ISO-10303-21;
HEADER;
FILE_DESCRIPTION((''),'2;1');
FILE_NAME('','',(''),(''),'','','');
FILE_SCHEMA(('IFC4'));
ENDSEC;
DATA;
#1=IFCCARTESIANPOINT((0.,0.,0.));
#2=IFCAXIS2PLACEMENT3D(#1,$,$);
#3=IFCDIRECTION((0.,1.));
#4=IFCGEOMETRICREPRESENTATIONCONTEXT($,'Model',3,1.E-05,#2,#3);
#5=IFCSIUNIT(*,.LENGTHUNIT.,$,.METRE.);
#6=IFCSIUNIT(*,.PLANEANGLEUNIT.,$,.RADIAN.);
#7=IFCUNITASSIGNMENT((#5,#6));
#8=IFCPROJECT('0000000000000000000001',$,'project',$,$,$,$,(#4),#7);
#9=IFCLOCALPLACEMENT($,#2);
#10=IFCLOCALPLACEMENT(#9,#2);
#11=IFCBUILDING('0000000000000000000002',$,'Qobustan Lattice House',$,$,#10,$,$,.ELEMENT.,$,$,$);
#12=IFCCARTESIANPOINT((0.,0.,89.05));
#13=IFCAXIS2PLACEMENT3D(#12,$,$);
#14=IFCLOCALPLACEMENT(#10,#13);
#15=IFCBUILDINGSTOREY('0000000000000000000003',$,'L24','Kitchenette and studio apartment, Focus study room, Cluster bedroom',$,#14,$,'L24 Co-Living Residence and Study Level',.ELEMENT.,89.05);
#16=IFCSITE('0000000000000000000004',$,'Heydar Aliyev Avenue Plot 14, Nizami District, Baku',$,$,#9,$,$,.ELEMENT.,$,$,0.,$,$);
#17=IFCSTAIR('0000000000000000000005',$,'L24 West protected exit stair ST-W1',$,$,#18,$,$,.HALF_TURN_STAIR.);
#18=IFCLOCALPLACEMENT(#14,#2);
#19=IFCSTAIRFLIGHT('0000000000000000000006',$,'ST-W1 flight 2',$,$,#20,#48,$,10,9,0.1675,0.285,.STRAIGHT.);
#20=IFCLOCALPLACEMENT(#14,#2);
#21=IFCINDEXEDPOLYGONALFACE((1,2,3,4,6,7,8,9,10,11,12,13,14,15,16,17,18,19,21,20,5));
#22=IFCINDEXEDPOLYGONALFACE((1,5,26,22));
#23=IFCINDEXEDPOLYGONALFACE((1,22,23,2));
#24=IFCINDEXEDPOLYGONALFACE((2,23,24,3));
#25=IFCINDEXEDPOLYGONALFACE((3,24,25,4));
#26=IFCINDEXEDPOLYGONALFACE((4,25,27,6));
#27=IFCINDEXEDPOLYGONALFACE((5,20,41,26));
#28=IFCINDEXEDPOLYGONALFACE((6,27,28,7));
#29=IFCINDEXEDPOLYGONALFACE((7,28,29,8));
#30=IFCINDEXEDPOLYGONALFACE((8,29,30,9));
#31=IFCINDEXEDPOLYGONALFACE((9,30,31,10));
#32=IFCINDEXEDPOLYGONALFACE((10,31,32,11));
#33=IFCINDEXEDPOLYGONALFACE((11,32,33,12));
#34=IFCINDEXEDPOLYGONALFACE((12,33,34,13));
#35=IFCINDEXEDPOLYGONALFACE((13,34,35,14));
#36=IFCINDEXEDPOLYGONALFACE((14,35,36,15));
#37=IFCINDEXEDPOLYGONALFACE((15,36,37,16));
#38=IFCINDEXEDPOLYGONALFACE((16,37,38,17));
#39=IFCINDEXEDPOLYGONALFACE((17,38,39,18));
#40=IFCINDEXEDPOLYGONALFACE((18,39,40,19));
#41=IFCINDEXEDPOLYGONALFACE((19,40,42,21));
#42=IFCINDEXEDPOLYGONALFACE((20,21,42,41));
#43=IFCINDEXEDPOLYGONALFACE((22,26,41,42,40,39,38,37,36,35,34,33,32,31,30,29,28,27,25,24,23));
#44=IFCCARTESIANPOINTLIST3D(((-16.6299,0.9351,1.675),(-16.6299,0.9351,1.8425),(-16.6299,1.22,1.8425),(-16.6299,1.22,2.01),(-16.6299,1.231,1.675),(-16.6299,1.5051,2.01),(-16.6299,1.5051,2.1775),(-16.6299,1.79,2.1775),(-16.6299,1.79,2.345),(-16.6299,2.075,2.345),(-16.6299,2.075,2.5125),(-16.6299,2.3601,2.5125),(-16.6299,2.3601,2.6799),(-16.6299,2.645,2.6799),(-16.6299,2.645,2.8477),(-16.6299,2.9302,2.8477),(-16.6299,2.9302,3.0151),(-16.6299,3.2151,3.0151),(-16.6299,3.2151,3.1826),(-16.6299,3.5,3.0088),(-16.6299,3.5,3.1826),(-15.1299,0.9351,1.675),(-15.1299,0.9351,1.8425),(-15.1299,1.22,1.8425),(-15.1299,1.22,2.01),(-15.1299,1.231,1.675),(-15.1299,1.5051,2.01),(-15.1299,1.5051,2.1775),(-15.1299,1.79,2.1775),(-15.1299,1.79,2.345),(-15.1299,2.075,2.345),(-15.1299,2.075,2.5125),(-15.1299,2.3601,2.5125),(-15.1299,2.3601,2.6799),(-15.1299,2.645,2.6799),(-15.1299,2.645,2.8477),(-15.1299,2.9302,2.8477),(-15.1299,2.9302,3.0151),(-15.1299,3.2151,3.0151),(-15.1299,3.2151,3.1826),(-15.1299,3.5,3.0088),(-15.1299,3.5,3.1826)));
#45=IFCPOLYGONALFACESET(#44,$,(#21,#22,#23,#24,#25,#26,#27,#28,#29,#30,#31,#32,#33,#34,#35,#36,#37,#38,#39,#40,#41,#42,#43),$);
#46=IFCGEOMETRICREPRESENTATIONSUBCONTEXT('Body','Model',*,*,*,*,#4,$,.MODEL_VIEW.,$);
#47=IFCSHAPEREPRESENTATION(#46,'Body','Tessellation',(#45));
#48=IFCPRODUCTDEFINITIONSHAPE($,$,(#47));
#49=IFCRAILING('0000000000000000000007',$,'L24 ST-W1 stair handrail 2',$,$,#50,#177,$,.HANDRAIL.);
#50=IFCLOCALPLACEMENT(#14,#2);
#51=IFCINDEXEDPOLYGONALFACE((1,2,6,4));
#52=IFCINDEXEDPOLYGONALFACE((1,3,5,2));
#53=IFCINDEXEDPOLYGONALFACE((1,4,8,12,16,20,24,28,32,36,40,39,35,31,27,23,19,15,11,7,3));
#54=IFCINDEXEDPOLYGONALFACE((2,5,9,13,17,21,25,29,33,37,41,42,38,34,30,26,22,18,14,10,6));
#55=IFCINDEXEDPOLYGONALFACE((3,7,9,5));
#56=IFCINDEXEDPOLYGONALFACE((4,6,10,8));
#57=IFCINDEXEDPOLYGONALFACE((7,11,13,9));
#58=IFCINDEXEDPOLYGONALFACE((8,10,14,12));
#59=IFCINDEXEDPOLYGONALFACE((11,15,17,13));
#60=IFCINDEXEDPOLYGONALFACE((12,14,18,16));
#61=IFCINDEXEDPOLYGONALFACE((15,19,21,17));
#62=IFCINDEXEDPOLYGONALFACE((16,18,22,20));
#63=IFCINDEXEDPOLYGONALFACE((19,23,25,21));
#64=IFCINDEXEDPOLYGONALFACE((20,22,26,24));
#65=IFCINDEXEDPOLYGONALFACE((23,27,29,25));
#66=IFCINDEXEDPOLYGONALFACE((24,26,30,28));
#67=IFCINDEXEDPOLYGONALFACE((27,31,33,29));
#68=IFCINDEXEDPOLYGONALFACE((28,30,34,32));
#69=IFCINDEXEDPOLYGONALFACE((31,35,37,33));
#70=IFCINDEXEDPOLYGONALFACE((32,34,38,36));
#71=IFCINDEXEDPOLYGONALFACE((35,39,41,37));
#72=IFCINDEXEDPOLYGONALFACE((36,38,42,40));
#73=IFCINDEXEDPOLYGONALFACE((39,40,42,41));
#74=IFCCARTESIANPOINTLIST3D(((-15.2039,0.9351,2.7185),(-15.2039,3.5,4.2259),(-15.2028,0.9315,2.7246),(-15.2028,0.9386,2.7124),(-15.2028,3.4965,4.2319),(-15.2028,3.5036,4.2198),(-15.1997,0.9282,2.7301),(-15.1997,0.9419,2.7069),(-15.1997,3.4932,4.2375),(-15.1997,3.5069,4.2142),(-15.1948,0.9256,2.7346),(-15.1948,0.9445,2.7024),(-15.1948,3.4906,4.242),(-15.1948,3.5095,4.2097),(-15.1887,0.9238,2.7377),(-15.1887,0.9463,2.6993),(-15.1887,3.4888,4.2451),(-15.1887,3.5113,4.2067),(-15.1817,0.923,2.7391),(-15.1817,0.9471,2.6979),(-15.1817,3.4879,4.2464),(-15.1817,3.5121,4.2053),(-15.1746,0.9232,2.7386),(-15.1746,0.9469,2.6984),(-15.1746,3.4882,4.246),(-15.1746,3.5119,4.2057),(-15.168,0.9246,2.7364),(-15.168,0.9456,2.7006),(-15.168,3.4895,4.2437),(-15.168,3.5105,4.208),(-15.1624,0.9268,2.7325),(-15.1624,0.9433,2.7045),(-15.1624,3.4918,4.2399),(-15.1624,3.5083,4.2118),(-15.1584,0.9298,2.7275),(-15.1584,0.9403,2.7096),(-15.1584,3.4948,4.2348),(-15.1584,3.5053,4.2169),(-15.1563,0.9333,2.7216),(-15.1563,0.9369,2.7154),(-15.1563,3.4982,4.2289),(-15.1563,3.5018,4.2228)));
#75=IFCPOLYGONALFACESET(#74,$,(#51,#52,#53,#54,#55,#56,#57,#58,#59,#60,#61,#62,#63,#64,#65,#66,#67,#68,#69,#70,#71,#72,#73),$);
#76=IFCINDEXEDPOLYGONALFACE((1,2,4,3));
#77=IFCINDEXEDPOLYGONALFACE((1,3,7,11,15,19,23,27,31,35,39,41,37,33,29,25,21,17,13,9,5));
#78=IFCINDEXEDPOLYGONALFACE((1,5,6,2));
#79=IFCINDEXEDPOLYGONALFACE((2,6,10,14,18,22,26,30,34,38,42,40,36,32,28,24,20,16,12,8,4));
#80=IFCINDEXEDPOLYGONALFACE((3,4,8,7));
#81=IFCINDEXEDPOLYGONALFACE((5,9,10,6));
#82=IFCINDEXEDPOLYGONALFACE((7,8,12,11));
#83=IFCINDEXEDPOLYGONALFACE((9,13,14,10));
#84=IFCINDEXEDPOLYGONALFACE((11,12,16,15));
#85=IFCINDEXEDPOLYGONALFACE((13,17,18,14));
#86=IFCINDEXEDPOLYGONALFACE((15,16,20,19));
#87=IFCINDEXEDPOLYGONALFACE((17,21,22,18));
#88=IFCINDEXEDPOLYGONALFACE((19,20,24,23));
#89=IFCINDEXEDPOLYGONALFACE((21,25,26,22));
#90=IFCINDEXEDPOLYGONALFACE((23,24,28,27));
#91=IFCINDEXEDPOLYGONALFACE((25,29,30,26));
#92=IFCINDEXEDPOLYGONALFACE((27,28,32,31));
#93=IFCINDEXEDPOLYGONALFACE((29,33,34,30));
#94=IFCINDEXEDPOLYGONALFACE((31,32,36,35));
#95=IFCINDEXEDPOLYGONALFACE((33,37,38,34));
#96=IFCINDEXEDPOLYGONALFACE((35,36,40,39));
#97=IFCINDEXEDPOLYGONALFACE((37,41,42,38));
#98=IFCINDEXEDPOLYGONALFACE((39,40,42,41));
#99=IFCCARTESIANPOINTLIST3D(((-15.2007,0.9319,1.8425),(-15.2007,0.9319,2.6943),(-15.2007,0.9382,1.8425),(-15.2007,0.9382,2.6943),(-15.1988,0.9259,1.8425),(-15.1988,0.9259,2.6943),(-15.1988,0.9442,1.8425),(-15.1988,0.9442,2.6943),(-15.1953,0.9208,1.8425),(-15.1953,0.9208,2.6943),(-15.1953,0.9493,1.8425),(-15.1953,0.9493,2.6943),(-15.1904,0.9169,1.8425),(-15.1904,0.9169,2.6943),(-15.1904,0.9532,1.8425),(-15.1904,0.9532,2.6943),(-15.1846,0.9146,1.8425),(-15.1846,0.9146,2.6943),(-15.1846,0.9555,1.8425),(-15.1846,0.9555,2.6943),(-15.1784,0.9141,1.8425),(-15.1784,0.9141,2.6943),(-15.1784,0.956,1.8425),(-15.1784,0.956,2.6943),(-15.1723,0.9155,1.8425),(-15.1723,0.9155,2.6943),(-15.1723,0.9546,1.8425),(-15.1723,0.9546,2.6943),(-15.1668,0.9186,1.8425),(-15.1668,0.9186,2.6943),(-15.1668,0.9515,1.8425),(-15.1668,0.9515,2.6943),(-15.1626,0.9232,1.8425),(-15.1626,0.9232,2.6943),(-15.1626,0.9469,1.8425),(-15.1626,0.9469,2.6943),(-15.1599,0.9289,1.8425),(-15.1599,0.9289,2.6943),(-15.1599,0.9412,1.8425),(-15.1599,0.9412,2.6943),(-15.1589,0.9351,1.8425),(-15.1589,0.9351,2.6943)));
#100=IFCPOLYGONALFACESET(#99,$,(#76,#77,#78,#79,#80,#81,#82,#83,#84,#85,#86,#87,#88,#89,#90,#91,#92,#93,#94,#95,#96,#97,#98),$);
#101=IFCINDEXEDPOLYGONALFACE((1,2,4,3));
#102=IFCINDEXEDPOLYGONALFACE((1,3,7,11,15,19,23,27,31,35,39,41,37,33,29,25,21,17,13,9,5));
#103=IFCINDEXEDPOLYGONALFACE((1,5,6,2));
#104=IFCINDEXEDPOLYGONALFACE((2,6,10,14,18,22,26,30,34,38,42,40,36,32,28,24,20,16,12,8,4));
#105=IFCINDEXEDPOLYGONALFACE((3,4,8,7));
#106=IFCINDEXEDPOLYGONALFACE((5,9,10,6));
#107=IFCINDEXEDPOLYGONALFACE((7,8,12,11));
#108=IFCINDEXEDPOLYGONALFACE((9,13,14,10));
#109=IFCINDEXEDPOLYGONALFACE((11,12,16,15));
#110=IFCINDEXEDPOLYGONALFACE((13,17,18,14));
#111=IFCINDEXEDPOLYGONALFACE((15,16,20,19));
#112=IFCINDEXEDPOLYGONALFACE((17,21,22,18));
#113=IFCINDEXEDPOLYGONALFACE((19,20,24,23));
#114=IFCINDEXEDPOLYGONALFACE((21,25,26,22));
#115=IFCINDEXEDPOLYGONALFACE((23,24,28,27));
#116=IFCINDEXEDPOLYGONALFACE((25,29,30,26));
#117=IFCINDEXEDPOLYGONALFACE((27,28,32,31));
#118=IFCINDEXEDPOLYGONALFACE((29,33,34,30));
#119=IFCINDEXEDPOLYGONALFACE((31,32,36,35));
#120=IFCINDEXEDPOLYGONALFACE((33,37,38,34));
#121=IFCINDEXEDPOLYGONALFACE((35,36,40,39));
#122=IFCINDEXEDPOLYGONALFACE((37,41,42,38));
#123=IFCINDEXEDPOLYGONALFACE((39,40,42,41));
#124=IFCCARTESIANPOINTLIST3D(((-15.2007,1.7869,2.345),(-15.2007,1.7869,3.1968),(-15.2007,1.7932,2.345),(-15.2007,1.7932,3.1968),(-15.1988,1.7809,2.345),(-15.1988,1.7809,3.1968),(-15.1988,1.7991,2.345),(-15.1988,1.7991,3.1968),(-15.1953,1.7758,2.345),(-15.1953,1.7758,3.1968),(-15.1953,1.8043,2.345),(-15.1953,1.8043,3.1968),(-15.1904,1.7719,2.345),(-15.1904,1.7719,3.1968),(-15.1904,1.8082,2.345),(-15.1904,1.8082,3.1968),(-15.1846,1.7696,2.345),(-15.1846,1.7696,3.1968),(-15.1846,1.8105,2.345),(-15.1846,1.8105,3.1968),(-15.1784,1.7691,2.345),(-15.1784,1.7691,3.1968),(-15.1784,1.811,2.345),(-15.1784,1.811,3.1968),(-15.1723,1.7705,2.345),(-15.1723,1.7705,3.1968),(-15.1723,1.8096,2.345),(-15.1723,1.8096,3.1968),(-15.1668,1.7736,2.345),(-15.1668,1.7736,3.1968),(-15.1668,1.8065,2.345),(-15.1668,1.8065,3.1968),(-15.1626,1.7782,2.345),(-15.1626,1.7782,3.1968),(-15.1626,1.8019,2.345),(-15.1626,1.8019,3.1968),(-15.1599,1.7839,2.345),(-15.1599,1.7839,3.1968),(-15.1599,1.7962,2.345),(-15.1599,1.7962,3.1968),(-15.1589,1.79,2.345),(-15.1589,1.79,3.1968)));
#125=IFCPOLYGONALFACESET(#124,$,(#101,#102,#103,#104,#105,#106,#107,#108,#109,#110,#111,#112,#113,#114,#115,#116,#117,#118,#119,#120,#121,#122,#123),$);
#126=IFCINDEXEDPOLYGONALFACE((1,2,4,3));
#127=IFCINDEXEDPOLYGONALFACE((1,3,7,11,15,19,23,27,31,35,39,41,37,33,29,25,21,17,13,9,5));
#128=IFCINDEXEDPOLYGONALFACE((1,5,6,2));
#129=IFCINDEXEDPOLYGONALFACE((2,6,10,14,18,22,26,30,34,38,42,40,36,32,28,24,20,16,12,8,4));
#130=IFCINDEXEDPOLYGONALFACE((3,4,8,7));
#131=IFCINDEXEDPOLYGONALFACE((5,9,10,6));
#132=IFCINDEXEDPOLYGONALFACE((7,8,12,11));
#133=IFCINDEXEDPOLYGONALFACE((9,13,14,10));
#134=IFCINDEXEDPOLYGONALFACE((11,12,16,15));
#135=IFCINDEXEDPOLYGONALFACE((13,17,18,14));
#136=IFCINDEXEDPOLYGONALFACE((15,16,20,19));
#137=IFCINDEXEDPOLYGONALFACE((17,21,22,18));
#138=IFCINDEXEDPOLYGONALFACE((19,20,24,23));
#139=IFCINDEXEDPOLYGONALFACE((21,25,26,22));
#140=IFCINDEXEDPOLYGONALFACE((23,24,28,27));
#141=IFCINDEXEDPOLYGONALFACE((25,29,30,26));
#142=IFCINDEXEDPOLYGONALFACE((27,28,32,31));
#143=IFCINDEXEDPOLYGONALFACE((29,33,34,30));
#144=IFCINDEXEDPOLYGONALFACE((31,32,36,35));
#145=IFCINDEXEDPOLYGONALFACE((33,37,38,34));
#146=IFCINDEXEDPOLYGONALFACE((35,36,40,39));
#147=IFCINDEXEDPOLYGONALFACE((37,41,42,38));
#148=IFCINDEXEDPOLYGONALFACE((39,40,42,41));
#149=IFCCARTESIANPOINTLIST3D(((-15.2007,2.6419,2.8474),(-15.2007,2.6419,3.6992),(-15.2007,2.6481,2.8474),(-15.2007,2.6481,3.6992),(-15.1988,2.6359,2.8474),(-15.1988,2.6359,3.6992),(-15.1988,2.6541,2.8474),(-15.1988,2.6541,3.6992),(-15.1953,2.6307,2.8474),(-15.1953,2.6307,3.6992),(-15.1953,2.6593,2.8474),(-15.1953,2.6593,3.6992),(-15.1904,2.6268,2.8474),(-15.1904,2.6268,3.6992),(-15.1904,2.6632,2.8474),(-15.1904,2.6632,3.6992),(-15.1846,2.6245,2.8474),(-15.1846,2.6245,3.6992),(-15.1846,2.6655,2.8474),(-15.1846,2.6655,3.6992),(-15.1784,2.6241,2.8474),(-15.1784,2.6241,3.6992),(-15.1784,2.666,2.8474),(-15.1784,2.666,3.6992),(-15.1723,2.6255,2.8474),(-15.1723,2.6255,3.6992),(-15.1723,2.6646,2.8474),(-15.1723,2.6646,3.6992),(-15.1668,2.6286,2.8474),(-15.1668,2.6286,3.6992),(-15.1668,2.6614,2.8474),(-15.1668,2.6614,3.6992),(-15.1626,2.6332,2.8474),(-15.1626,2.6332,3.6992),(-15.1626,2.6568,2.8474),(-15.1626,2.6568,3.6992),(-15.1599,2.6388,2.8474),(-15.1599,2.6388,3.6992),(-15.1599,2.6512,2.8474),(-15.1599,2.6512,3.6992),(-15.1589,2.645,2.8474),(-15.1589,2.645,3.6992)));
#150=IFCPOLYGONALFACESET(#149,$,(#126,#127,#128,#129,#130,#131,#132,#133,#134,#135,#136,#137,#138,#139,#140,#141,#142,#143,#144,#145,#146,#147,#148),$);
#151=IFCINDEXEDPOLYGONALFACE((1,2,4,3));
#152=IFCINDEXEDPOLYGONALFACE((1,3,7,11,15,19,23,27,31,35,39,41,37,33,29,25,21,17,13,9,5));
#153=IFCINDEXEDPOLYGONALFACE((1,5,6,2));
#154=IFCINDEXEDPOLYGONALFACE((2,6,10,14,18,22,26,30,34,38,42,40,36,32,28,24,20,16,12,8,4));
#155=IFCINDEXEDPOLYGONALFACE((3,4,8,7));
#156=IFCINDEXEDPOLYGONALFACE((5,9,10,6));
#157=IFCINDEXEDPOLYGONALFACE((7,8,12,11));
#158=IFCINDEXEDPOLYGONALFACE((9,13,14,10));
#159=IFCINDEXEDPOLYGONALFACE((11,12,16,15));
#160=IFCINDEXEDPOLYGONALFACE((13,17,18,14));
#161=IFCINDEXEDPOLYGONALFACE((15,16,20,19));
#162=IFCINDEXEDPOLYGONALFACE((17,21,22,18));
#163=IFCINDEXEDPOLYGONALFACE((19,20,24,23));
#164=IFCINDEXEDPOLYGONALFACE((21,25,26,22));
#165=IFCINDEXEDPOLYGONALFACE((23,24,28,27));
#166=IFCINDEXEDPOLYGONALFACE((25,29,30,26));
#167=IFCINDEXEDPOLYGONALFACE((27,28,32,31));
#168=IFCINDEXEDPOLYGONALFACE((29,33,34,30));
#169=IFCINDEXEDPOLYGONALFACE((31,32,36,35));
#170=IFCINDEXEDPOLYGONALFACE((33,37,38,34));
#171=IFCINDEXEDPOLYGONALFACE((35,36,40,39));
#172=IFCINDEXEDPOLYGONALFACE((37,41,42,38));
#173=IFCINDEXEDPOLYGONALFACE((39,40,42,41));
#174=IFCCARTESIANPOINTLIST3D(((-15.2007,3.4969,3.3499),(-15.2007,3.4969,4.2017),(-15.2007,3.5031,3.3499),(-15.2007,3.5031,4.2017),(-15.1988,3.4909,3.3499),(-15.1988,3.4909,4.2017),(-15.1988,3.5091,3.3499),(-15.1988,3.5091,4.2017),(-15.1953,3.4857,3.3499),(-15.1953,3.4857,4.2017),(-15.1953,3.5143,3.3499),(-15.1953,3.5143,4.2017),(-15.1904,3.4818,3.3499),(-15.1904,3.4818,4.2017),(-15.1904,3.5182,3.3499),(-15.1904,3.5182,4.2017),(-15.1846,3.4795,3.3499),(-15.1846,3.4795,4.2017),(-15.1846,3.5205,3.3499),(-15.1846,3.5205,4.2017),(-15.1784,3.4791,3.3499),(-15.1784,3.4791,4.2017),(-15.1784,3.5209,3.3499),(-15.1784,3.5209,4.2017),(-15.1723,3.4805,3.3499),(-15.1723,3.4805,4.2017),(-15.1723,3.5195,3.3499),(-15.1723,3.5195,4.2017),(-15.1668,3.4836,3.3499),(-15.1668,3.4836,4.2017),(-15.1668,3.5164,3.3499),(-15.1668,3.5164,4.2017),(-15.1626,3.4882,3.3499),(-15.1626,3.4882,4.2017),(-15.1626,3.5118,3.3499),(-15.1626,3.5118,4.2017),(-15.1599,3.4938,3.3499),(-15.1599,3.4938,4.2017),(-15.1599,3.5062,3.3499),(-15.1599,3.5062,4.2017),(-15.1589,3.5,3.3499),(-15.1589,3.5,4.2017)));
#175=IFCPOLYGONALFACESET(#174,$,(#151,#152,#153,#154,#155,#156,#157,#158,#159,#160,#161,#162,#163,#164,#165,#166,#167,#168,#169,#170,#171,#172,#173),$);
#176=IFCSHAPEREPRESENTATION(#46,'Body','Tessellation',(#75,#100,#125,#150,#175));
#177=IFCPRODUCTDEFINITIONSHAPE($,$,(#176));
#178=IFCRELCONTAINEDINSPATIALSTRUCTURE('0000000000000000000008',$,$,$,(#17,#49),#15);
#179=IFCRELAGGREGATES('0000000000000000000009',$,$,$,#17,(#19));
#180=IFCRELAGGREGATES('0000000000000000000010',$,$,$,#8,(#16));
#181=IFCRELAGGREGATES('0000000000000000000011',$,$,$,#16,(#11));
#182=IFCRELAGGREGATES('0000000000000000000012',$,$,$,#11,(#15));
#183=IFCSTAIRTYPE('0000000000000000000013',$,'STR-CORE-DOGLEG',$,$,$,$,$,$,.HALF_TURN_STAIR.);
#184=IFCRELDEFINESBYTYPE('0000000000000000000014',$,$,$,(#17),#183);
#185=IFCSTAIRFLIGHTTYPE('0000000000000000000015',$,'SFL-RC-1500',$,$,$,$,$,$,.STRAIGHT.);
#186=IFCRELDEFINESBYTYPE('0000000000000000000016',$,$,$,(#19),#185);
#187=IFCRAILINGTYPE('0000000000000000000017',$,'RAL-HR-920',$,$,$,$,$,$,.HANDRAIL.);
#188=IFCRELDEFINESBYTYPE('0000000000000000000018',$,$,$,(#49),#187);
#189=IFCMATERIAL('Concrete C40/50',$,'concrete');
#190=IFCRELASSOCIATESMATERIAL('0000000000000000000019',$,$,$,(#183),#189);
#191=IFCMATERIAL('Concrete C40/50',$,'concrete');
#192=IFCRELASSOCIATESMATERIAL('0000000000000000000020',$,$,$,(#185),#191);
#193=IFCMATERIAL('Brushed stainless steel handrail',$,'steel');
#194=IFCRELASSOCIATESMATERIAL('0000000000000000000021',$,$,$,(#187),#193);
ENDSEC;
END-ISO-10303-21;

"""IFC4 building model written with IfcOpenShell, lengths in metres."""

from ifc_helpers import new_model, si_unit, direction, frame, origin, origin_2d, place, context, subcontext, project, spatial, polyline, circle, outline, extrude, material, type_object, element, aggregate, save


model = new_model("IFC4")

# Units and contexts
model_context = context("Model", 3, precision=1e-05, world=origin(), true_north=direction((0.0, 1.0)))
body_context = subcontext(model_context, "Body", "Model", "MODEL_VIEW")
ifc_project = project(units=[si_unit("LENGTHUNIT", "METRE"), si_unit("PLANEANGLEUNIT", "RADIAN")], contexts=[model_context])

# Site, building, storey
site_placement = place(None, origin())
site = spatial("IfcSite", under=ifc_project, at=site_placement, Name="Heydar Aliyev Avenue Plot 14, Nizami District, Baku", CompositionType="ELEMENT", RefElevation=0.0)
building_placement = place(site_placement, origin())
building = spatial("IfcBuilding", under=site, at=building_placement, Name="Qobustan Lattice House", CompositionType="ELEMENT")
storey_placement = place(building_placement, frame((0.0, 0.0, 89.05)))
storey = spatial("IfcBuildingStorey", under=building, at=storey_placement, Name="L24", Description="Kitchenette and studio apartment, Focus study room, Cluster bedroom", LongName="L24 Co-Living Residence and Study Level", CompositionType="ELEMENT", Elevation=89.05)

# Stair, stair flight
ifc_material_1 = material(Name="Concrete C40/50", Category="concrete")
stair_type = type_object("IfcStairType", Name="STR-CORE-DOGLEG", PredefinedType="HALF_TURN_STAIR", material=ifc_material_1)
stair_placement = place(storey_placement, origin())
stair = element("IfcStair", 1, at=stair_placement, inside=storey, type_object=stair_type, Name="L24 West protected exit stair ST-W1", PredefinedType="HALF_TURN_STAIR")
ifc_material_2 = material(Name="Concrete C40/50", Category="concrete")
stair_flight_type = type_object("IfcStairFlightType", Name="SFL-RC-1500", PredefinedType="STRAIGHT", material=ifc_material_2)
stair_flight_1_placement = place(storey_placement, frame((-15.8799, 0.9351, 1.675), z_axis=(0.0, 0.0, 1.0), x_axis=(0.0, 1.0, 0.0)))
stair_flight_1 = element("IfcStairFlight", 2, at=stair_flight_1_placement, type_object=stair_flight_type, Name="ST-W1 flight 2", NumberOfRisers=10, NumberOfTreads=9, PredefinedType="STRAIGHT", RiserHeight=0.1675, TreadLength=0.285, context=body_context, shape_type="SweptSolid", body=[
    extrude(outline(polyline([(0.0, 0.0), (0.0, 0.1675), (0.2849, 0.1675), (0.2849, 0.335), (0.5701, 0.335), (0.5701, 0.5024), (0.855, 0.5024), (0.855, 0.6699), (1.1399, 0.6699), (1.1399, 0.8374), (1.425, 0.8374), (1.425, 1.0049), (1.71, 1.0049), (1.71, 1.1726), (1.9951, 1.1726), (1.9951, 1.3401), (2.28, 1.3401), (2.28, 1.5076), (2.5649, 1.5076), (2.5649, 1.675), (2.5649, 1.3337), (0.2959, 0.0), (0.0, 0.0)])), frame((0.0, 0.75, 0.0), z_axis=(0.0, -1.0, 0.0), x_axis=(1.0, 0.0, 0.0)), (0.0, 0.0, 1.0), 1.5),
])
aggregate(stair, [stair_flight_1])

# Railing
ifc_material_3 = material(Name="Brushed stainless steel handrail", Category="steel")
railing_type_1 = type_object("IfcRailingType", Name="RAL-HR-920", PredefinedType="HANDRAIL", material=ifc_material_3)
railing_1_placement = place(storey_placement, frame((-15.1799, 0.9351, 1.8425)))
element("IfcRailing", 3, at=railing_1_placement, inside=storey, type_object=railing_type_1, Name="L24 ST-W1 stair handrail 2", PredefinedType="HANDRAIL", context=body_context, shape_type="SweptSolid", body=[
    extrude(circle(Radius=0.0239, at=origin_2d()), frame((0.0, 0.0, 0.876), z_axis=(0.0, 0.862149, 0.506654), x_axis=(-1.0, 0.0, 0.0)), (0.0, 0.0, 1.0), 2.9751),
    extrude(circle(Radius=0.021, at=origin_2d()), origin(), (0.0, 0.0, 1.0), 0.8518),
    extrude(circle(Radius=0.021, at=origin_2d()), frame((0.0, 0.855, 0.5024)), (0.0, 0.0, 1.0), 0.8518),
    extrude(circle(Radius=0.021, at=origin_2d()), frame((0.0, 1.71, 1.0049)), (0.0, 0.0, 1.0), 0.8518),
    extrude(circle(Radius=0.021, at=origin_2d()), frame((0.0, 2.5649, 1.5073)), (0.0, 0.0, 1.0), 0.8518),
])

save(model, "model.ifc")
